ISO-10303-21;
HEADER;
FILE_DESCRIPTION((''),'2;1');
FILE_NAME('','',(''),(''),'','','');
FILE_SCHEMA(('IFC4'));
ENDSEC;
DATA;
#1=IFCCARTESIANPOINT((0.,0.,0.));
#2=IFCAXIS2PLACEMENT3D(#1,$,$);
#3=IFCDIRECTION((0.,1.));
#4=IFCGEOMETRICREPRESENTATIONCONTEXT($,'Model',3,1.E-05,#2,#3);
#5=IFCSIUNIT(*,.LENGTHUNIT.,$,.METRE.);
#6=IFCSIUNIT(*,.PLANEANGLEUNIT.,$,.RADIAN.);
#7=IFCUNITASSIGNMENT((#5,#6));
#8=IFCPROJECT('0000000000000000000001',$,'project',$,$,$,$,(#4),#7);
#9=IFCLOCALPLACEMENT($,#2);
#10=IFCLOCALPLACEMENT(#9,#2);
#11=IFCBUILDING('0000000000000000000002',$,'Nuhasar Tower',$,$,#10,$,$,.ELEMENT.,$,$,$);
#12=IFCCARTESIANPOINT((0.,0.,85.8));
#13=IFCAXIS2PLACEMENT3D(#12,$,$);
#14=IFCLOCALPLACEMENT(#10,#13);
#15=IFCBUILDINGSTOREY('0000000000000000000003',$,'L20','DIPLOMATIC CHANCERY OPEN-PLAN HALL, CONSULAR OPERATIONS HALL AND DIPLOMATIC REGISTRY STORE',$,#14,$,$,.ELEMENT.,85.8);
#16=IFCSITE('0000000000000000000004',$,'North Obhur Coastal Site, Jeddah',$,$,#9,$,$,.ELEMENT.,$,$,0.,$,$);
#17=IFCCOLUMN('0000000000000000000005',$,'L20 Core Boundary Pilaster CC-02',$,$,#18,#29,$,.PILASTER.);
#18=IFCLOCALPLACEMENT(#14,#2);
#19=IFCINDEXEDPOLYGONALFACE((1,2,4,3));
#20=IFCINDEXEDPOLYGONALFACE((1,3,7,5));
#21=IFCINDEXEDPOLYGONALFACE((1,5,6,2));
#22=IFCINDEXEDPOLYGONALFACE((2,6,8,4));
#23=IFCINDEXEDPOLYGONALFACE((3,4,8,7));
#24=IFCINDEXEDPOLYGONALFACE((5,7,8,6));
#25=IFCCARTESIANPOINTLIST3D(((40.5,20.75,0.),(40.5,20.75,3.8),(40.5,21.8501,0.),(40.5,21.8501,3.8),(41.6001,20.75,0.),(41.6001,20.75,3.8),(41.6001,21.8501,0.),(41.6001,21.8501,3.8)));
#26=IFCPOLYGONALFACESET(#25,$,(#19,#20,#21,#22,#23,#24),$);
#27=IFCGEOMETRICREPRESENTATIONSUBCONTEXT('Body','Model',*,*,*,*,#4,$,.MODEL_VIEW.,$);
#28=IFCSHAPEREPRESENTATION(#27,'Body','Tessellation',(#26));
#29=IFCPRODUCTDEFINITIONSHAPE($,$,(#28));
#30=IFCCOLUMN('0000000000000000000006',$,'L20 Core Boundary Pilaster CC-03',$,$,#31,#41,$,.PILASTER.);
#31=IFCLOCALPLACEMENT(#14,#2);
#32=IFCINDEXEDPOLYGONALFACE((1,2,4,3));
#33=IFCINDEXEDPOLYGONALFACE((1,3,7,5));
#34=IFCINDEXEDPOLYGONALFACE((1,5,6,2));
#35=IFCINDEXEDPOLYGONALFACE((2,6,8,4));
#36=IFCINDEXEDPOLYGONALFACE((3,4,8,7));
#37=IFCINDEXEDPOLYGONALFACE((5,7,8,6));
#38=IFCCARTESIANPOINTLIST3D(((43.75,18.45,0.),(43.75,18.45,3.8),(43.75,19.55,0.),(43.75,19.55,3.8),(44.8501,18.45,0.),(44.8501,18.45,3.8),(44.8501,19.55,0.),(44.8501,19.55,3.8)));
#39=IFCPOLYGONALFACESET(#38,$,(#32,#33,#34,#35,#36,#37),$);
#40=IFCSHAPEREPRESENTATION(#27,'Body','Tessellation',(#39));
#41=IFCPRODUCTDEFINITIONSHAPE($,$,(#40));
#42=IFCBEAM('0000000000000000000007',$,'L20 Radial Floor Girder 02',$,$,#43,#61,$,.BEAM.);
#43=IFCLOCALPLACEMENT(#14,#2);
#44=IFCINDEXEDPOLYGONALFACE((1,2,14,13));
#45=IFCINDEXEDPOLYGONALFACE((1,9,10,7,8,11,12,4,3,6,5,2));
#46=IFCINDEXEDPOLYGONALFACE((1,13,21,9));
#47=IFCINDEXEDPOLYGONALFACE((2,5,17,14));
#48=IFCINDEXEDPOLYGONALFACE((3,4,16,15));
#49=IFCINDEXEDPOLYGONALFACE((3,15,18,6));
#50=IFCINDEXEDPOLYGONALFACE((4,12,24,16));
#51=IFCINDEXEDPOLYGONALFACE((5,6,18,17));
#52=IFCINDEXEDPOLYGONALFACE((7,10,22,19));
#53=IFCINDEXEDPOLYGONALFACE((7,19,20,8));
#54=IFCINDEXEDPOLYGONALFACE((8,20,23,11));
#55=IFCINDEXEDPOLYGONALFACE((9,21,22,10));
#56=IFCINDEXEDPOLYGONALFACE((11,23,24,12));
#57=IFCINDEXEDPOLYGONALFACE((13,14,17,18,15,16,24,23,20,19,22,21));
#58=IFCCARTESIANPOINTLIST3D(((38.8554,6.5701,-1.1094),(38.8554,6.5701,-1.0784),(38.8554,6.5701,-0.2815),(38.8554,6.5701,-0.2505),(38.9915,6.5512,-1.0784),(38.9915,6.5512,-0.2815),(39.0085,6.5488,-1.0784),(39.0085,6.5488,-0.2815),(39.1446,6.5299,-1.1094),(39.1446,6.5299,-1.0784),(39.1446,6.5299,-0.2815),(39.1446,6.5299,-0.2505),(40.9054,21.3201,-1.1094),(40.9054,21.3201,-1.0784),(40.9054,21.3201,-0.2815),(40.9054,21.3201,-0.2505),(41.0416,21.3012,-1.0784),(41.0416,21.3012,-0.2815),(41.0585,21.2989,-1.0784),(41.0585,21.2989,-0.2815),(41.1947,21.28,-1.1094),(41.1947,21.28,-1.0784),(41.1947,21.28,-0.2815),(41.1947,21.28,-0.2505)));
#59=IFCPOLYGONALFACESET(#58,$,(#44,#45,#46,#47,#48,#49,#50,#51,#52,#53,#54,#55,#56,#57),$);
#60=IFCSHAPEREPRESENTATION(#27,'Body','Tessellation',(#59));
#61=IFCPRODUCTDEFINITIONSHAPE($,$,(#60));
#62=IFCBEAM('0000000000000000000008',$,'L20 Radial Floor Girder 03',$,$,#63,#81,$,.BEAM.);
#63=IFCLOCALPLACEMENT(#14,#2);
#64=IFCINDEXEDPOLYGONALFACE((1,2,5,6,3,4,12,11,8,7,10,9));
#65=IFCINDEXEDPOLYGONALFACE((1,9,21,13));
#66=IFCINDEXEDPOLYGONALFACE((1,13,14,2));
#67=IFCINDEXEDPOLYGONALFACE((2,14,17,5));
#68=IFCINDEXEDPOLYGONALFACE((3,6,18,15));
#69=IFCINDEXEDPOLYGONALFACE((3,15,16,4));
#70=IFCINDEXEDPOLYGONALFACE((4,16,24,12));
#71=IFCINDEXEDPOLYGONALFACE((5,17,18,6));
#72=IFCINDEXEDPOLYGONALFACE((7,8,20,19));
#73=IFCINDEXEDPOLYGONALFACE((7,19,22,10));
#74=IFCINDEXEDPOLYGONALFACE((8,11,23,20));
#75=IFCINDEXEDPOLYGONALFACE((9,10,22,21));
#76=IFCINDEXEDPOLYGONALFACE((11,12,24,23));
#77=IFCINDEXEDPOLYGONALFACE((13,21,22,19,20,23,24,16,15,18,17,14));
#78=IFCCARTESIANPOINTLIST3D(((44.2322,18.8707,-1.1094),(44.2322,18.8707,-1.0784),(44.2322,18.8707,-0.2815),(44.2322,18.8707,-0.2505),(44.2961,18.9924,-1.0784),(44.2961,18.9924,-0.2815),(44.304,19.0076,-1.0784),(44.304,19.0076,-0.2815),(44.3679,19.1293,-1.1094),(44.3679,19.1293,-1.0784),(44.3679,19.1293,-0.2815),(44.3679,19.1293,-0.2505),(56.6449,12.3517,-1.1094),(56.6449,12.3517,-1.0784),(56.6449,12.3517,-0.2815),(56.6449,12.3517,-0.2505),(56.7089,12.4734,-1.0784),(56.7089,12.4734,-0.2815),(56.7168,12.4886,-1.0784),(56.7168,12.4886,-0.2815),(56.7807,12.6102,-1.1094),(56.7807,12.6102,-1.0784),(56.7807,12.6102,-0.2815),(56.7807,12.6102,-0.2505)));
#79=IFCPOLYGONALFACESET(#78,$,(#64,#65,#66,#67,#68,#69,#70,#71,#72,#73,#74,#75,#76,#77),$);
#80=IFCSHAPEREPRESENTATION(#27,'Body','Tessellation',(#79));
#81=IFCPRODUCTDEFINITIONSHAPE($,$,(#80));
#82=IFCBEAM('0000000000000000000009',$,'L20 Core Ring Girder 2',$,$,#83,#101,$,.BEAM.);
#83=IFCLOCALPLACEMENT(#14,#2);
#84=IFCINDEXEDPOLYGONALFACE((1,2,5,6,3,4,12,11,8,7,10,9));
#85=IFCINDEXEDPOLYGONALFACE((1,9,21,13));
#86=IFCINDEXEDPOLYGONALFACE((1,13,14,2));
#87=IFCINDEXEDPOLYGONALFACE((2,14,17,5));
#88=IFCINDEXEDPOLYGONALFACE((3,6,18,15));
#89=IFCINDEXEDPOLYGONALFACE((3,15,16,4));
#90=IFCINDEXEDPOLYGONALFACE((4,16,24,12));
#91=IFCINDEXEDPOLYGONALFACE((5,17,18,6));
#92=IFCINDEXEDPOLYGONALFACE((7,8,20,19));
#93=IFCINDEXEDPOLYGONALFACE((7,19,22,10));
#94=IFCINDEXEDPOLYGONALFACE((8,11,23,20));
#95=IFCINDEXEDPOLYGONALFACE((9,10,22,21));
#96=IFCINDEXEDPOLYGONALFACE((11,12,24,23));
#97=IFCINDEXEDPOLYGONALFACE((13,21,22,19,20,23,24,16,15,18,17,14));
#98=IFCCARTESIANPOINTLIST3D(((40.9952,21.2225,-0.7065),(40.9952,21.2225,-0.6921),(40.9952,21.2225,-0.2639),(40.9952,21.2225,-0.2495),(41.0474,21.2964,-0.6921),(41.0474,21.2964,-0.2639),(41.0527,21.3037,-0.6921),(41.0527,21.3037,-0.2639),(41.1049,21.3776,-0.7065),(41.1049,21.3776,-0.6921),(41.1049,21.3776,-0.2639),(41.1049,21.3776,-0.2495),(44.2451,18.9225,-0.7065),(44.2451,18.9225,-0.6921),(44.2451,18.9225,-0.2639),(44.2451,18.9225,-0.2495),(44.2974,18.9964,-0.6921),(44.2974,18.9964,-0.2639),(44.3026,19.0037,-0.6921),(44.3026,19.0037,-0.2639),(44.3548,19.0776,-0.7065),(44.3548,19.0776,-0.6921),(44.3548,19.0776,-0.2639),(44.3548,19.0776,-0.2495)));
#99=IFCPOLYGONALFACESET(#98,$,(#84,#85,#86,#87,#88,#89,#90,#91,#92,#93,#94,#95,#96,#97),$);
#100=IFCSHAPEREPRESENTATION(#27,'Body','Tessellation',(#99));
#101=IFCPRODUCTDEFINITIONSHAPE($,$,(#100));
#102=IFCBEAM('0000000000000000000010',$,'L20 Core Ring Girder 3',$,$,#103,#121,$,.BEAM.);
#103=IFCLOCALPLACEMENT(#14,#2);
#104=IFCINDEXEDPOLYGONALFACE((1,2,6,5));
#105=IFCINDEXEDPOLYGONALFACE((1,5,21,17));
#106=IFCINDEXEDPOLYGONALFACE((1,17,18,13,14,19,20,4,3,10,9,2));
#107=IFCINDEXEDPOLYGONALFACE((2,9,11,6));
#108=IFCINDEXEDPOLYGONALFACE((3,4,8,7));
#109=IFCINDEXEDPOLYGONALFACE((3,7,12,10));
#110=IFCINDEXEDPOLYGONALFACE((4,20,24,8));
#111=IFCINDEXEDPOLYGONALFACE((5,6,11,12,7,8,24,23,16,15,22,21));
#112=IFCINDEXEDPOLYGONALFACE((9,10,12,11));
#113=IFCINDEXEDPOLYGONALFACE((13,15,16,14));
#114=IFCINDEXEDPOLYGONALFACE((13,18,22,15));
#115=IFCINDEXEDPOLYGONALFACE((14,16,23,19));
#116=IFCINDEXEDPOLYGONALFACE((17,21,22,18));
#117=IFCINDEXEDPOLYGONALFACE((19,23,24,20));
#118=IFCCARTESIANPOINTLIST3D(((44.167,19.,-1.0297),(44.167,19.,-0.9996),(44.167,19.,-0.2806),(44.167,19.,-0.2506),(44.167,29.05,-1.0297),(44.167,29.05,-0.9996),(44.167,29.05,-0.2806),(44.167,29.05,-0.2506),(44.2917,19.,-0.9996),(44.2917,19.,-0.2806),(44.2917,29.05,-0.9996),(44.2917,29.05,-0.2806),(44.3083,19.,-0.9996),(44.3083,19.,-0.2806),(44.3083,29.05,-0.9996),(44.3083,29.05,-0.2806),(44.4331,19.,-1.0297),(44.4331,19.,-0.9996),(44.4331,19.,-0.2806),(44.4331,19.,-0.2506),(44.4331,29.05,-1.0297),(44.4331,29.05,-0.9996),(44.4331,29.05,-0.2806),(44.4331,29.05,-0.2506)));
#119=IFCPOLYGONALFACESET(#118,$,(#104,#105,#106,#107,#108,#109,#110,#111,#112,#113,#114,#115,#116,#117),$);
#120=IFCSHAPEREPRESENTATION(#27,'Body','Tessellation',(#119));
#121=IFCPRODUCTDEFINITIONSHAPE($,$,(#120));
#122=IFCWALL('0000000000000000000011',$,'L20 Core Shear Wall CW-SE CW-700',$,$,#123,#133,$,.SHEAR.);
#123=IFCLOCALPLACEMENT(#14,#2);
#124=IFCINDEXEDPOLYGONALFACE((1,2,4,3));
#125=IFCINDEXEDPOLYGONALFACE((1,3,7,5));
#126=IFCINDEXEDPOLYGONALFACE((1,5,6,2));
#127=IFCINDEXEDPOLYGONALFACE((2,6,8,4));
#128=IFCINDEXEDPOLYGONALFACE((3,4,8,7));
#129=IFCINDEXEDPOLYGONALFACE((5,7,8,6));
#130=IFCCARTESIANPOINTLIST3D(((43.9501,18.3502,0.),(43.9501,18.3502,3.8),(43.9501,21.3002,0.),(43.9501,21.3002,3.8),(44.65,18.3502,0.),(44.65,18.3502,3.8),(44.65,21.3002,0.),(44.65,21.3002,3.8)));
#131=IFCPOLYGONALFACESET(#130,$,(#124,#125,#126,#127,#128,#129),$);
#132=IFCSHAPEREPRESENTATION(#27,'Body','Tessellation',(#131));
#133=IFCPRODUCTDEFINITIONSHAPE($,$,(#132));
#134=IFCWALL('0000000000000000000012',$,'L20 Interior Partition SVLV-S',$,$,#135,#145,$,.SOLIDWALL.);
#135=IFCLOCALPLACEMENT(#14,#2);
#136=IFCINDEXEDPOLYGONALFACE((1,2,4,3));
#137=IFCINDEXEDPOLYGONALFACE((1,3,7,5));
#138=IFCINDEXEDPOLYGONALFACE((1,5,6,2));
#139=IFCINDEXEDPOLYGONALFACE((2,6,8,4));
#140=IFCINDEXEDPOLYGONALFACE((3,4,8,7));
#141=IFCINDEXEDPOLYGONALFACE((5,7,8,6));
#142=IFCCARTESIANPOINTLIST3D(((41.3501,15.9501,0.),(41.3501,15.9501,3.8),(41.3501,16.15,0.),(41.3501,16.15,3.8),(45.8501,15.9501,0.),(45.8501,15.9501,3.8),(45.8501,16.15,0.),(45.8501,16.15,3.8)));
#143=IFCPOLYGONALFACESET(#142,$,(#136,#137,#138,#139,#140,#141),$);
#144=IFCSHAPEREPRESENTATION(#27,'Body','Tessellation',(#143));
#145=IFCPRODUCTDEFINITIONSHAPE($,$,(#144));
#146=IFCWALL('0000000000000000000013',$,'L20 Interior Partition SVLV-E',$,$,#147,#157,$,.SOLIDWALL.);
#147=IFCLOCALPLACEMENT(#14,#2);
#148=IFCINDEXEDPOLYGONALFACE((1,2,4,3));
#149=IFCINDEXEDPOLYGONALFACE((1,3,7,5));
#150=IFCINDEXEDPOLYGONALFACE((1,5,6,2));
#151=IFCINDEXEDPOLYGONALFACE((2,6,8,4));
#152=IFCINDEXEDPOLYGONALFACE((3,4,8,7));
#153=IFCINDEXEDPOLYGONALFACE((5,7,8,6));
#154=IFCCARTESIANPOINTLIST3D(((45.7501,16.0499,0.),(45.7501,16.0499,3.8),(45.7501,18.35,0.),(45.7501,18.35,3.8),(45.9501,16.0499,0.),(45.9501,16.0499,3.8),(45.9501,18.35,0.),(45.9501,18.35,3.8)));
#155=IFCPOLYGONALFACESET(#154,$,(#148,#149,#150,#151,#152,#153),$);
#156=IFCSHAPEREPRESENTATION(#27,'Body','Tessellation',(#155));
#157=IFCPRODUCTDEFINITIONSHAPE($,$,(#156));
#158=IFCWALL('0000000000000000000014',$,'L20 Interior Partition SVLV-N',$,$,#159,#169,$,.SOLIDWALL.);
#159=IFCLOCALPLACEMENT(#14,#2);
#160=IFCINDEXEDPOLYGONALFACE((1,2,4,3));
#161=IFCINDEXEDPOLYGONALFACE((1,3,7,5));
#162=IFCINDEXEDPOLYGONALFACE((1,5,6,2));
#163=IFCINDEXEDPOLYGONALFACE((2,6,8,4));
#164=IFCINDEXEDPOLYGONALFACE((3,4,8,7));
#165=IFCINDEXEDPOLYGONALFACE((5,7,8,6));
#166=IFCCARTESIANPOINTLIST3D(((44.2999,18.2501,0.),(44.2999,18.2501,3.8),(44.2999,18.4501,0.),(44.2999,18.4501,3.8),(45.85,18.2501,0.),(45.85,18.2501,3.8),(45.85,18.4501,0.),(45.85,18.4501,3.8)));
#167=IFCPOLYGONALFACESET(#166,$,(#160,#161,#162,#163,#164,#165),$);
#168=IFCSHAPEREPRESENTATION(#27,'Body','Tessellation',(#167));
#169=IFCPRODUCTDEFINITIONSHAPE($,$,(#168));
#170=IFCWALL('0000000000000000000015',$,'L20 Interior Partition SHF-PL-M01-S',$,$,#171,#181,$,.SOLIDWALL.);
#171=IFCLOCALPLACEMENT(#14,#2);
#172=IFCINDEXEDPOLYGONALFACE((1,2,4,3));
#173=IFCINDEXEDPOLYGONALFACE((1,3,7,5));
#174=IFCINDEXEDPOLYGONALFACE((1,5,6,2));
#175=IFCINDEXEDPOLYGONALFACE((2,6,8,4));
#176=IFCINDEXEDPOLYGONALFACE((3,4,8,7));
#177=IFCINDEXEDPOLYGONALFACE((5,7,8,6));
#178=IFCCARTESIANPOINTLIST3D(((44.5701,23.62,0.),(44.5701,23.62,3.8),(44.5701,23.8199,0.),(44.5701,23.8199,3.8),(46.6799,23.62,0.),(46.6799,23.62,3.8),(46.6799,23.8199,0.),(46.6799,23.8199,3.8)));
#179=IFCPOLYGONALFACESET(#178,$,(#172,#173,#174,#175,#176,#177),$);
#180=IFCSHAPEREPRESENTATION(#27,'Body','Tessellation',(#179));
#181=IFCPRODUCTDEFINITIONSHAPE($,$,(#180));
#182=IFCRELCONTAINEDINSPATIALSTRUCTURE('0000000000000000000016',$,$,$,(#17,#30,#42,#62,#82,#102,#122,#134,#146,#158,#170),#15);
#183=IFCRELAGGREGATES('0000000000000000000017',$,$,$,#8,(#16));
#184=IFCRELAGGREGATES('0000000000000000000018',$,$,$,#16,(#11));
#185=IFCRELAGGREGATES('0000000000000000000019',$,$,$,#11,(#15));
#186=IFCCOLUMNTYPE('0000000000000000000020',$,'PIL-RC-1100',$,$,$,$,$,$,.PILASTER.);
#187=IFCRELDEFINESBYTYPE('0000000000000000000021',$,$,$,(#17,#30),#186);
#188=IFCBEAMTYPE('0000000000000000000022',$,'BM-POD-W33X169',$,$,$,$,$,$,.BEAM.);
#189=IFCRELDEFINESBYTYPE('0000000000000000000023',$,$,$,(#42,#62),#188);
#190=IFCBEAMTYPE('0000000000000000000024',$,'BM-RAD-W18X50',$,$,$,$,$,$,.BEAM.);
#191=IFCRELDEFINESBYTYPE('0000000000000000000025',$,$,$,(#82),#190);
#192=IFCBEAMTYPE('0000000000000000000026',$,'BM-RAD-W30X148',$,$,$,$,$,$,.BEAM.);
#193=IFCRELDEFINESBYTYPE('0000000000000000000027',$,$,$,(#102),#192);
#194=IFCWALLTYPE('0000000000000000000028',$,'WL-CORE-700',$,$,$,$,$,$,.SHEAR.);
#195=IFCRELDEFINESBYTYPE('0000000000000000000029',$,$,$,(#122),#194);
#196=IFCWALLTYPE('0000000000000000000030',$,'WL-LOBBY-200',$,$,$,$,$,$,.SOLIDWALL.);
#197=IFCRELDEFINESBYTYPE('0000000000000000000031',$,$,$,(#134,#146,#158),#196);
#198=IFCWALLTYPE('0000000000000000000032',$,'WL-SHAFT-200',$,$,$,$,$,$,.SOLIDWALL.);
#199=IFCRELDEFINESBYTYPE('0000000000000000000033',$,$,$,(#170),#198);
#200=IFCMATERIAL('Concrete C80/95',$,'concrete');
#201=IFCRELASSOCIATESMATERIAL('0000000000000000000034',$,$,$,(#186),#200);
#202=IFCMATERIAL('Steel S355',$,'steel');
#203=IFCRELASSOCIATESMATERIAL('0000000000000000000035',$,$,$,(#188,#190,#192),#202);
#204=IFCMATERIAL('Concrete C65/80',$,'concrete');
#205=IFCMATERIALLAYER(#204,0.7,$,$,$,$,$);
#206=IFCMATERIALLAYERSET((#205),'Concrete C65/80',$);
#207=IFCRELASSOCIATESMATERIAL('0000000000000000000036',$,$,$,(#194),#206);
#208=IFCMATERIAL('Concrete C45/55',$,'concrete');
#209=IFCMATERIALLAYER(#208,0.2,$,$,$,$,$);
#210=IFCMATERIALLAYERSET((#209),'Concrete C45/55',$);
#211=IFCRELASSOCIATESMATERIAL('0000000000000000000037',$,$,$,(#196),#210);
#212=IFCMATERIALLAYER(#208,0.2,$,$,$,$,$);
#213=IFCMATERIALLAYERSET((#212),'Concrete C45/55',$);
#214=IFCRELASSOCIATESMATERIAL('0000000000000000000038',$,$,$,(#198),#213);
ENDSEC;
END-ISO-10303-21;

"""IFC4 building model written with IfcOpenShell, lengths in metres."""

from ifc_helpers import new_model, si_unit, direction, frame, frame_2d, origin, origin_2d, place, context, subcontext, project, spatial, rectangle, i_section, extrude, material, layer, layer_set, material_profile, profile_set, type_object, element, save


model = new_model("IFC4")

# Units and contexts
model_context = context("Model", 3, precision=1e-05, world=origin(), true_north=direction((0.0, 1.0)))
body_context = subcontext(model_context, "Body", "Model", "MODEL_VIEW")
ifc_project = project(units=[si_unit("LENGTHUNIT", "METRE"), si_unit("PLANEANGLEUNIT", "RADIAN")], contexts=[model_context])

# Site, building, storey
site_placement = place(None, origin())
site = spatial("IfcSite", under=ifc_project, at=site_placement, Name="North Obhur Coastal Site, Jeddah", CompositionType="ELEMENT", RefElevation=0.0)
building_placement = place(site_placement, origin())
building = spatial("IfcBuilding", under=site, at=building_placement, Name="Nuhasar Tower", CompositionType="ELEMENT")
storey_placement = place(building_placement, frame((0.0, 0.0, 85.8)))
storey = spatial("IfcBuildingStorey", under=building, at=storey_placement, Name="L20", Description="DIPLOMATIC CHANCERY OPEN-PLAN HALL, CONSULAR OPERATIONS HALL AND DIPLOMATIC REGISTRY STORE", CompositionType="ELEMENT", Elevation=85.8)

# Columns
ifc_material_1 = material(Name="Concrete C80/95", Category="concrete")
ifc_material_profile_1 = material_profile(ifc_material_1, rectangle(XDim=1.1001, YDim=1.1001, at=origin_2d()), Name="RC1100X1100")
ifc_profile_set_1 = profile_set([ifc_material_profile_1], Name="Concrete C80/95")
column_type = type_object("IfcColumnType", Name="PIL-RC-1100", PredefinedType="PILASTER", material=ifc_profile_set_1)
for number, where, z_axis, x_axis, name in (
    (1, (41.05, 21.3, 0.0), (0.0, 0.0, 1.0), (1.0, 0.0, 0.0), "L20 Core Boundary Pilaster CC-02"),
    (2, (44.3, 19.0, 0.0), (0.0, 0.0, 1.0), (1.0, 0.0, 0.0), "L20 Core Boundary Pilaster CC-03"),
):
    element("IfcColumn", number, at=place(storey_placement, frame(where, z_axis=z_axis, x_axis=x_axis)), inside=storey, type_object=column_type, Name=name, PredefinedType="PILASTER", context=body_context, shape_type="SweptSolid", body=[
        extrude(rectangle(XDim=1.1001, YDim=1.1001, at=origin_2d()), origin(), (0.0, 0.0, 1.0), 3.8),
    ])

# Beams
ifc_material_2 = material(Name="Steel S355", Category="steel")
ifc_material_profile_2 = material_profile(ifc_material_2, i_section(OverallWidth=0.292, OverallDepth=0.8589, WebThickness=0.0171, FlangeThickness=0.031, at=origin_2d()), Name="W33X169")
ifc_profile_set_2 = profile_set([ifc_material_profile_2], Name="Steel S355")
beam_type_1 = type_object("IfcBeamType", Name="BM-POD-W33X169", PredefinedType="BEAM", material=ifc_profile_set_2)
beam_1_placement = place(storey_placement, frame((41.05, 21.3, -0.6799), z_axis=(-0.137663, -0.990479, 0.0), x_axis=(0.990479, -0.137663, 0.0)))
element("IfcBeam", 3, at=beam_1_placement, inside=storey, type_object=beam_type_1, Name="L20 Radial Floor Girder 02", PredefinedType="BEAM", context=body_context, shape_type="SweptSolid", body=[
    extrude(i_section(OverallWidth=0.292, OverallDepth=0.8589, WebThickness=0.0171, FlangeThickness=0.031, at=origin_2d()), origin(), (0.0, 0.0, 1.0), 14.8918),
])
beam_2_placement = place(storey_placement, frame((44.3, 19.0, -0.6799), z_axis=(0.88533, -0.464963, 0.0), x_axis=(0.464963, 0.88533, 0.0)))
element("IfcBeam", 4, at=beam_2_placement, inside=storey, type_object=beam_type_1, Name="L20 Radial Floor Girder 03", PredefinedType="BEAM", context=body_context, shape_type="SweptSolid", body=[
    extrude(i_section(OverallWidth=0.292, OverallDepth=0.8589, WebThickness=0.0171, FlangeThickness=0.031, at=origin_2d()), origin(), (0.0, 0.0, 1.0), 14.0205),
])
ifc_material_profile_3 = material_profile(ifc_material_2, i_section(OverallWidth=0.1899, OverallDepth=0.457, WebThickness=0.009, FlangeThickness=0.0144, at=origin_2d()), Name="W18X50")
ifc_profile_set_3 = profile_set([ifc_material_profile_3], Name="Steel S355")
beam_type_2 = type_object("IfcBeamType", Name="BM-RAD-W18X50", PredefinedType="BEAM", material=ifc_profile_set_3)
beam_3_placement = place(storey_placement, frame((41.05, 21.3, -0.478), z_axis=(0.816265, -0.577677, 0.0), x_axis=(0.577677, 0.816265, 0.0)))
element("IfcBeam", 5, at=beam_3_placement, inside=storey, type_object=beam_type_2, Name="L20 Core Ring Girder 2", PredefinedType="BEAM", context=body_context, shape_type="SweptSolid", body=[
    extrude(i_section(OverallWidth=0.1899, OverallDepth=0.457, WebThickness=0.009, FlangeThickness=0.0144, at=origin_2d()), origin(), (0.0, 0.0, 1.0), 3.9814),
])
ifc_material_profile_4 = material_profile(ifc_material_2, i_section(OverallWidth=0.2661, OverallDepth=0.7791, WebThickness=0.0166, FlangeThickness=0.03, at=origin_2d()), Name="W30X148")
ifc_profile_set_4 = profile_set([ifc_material_profile_4], Name="Steel S355")
beam_type_3 = type_object("IfcBeamType", Name="BM-RAD-W30X148", PredefinedType="BEAM", material=ifc_profile_set_4)
beam_4_placement = place(storey_placement, frame((44.3, 19.0, -0.6401), z_axis=(0.0, 1.0, 0.0), x_axis=(-1.0, 0.0, 0.0)))
element("IfcBeam", 6, at=beam_4_placement, inside=storey, type_object=beam_type_3, Name="L20 Core Ring Girder 3", PredefinedType="BEAM", context=body_context, shape_type="SweptSolid", body=[
    extrude(i_section(OverallWidth=0.2661, OverallDepth=0.7791, WebThickness=0.0166, FlangeThickness=0.03, at=origin_2d()), origin(), (0.0, 0.0, 1.0), 10.05),
])

# Wall
ifc_material_3 = material(Name="Concrete C65/80", Category="concrete")
ifc_layer_1 = layer(ifc_material_3, 0.7)
ifc_layer_set_1 = layer_set([ifc_layer_1], Name="Concrete C65/80")
wall_type_1 = type_object("IfcWallType", Name="WL-CORE-700", PredefinedType="SHEAR", material=ifc_layer_set_1)
wall_1_placement = place(storey_placement, frame((44.3, 18.3501, 0.0), z_axis=(0.0, 0.0, 1.0), x_axis=(0.0, 1.0, 0.0)))
element("IfcWall", 7, at=wall_1_placement, inside=storey, type_object=wall_type_1, Name="L20 Core Shear Wall CW-SE CW-700", PredefinedType="SHEAR", context=body_context, shape_type="SweptSolid", body=[
    extrude(rectangle(XDim=2.95, YDim=0.7, at=frame_2d((1.4751, 0.0))), origin(), (0.0, 0.0, 1.0), 3.8),
])

# Shared definitions
ifc_material_4 = material(Name="Concrete C45/55", Category="concrete")
ifc_layer_2 = layer(ifc_material_4, 0.2)
ifc_layer_set_2 = layer_set([ifc_layer_2], Name="Concrete C45/55")
wall_type_2 = type_object("IfcWallType", Name="WL-LOBBY-200", PredefinedType="SOLIDWALL", material=ifc_layer_set_2)

# Walls
wall_2_placement = place(storey_placement, frame((41.3501, 16.05, 0.0), z_axis=(0.0, 0.0, 1.0), x_axis=(1.0, 0.0, 0.0)))
element("IfcWall", 8, at=wall_2_placement, inside=storey, type_object=wall_type_2, Name="L20 Interior Partition SVLV-S", PredefinedType="SOLIDWALL", context=body_context, shape_type="SweptSolid", body=[
    extrude(rectangle(XDim=4.5, YDim=0.2, at=frame_2d((2.25, 0.0))), origin(), (0.0, 0.0, 1.0), 3.8),
])
wall_3_placement = place(storey_placement, frame((45.8501, 16.05, 0.0), z_axis=(0.0, 0.0, 1.0), x_axis=(0.0, 1.0, 0.0)))
element("IfcWall", 9, at=wall_3_placement, inside=storey, type_object=wall_type_2, Name="L20 Interior Partition SVLV-E", PredefinedType="SOLIDWALL", context=body_context, shape_type="SweptSolid", body=[
    extrude(rectangle(XDim=2.3, YDim=0.2, at=frame_2d((1.1499, 0.0))), origin(), (0.0, 0.0, 1.0), 3.8),
])
wall_4_placement = place(storey_placement, frame((44.3, 18.3501, 0.0), z_axis=(0.0, 0.0, 1.0), x_axis=(1.0, 0.0, 0.0)))
element("IfcWall", 10, at=wall_4_placement, inside=storey, type_object=wall_type_2, Name="L20 Interior Partition SVLV-N", PredefinedType="SOLIDWALL", context=body_context, shape_type="SweptSolid", body=[
    extrude(rectangle(XDim=1.55, YDim=0.2, at=frame_2d((0.7749, 0.0))), origin(), (0.0, 0.0, 1.0), 3.8),
])
ifc_layer_3 = layer(ifc_material_4, 0.2)
ifc_layer_set_3 = layer_set([ifc_layer_3], Name="Concrete C45/55")
wall_type_3 = type_object("IfcWallType", Name="WL-SHAFT-200", PredefinedType="SOLIDWALL", material=ifc_layer_set_3)
wall_5_placement = place(storey_placement, frame((44.5701, 23.72, 0.0), z_axis=(0.0, 0.0, 1.0), x_axis=(1.0, 0.0, 0.0)))
element("IfcWall", 11, at=wall_5_placement, inside=storey, type_object=wall_type_3, Name="L20 Interior Partition SHF-PL-M01-S", PredefinedType="SOLIDWALL", context=body_context, shape_type="SweptSolid", body=[
    extrude(rectangle(XDim=2.1099, YDim=0.2, at=frame_2d((1.0549, 0.0))), origin(), (0.0, 0.0, 1.0), 3.8),
])

save(model, "model.ifc")
